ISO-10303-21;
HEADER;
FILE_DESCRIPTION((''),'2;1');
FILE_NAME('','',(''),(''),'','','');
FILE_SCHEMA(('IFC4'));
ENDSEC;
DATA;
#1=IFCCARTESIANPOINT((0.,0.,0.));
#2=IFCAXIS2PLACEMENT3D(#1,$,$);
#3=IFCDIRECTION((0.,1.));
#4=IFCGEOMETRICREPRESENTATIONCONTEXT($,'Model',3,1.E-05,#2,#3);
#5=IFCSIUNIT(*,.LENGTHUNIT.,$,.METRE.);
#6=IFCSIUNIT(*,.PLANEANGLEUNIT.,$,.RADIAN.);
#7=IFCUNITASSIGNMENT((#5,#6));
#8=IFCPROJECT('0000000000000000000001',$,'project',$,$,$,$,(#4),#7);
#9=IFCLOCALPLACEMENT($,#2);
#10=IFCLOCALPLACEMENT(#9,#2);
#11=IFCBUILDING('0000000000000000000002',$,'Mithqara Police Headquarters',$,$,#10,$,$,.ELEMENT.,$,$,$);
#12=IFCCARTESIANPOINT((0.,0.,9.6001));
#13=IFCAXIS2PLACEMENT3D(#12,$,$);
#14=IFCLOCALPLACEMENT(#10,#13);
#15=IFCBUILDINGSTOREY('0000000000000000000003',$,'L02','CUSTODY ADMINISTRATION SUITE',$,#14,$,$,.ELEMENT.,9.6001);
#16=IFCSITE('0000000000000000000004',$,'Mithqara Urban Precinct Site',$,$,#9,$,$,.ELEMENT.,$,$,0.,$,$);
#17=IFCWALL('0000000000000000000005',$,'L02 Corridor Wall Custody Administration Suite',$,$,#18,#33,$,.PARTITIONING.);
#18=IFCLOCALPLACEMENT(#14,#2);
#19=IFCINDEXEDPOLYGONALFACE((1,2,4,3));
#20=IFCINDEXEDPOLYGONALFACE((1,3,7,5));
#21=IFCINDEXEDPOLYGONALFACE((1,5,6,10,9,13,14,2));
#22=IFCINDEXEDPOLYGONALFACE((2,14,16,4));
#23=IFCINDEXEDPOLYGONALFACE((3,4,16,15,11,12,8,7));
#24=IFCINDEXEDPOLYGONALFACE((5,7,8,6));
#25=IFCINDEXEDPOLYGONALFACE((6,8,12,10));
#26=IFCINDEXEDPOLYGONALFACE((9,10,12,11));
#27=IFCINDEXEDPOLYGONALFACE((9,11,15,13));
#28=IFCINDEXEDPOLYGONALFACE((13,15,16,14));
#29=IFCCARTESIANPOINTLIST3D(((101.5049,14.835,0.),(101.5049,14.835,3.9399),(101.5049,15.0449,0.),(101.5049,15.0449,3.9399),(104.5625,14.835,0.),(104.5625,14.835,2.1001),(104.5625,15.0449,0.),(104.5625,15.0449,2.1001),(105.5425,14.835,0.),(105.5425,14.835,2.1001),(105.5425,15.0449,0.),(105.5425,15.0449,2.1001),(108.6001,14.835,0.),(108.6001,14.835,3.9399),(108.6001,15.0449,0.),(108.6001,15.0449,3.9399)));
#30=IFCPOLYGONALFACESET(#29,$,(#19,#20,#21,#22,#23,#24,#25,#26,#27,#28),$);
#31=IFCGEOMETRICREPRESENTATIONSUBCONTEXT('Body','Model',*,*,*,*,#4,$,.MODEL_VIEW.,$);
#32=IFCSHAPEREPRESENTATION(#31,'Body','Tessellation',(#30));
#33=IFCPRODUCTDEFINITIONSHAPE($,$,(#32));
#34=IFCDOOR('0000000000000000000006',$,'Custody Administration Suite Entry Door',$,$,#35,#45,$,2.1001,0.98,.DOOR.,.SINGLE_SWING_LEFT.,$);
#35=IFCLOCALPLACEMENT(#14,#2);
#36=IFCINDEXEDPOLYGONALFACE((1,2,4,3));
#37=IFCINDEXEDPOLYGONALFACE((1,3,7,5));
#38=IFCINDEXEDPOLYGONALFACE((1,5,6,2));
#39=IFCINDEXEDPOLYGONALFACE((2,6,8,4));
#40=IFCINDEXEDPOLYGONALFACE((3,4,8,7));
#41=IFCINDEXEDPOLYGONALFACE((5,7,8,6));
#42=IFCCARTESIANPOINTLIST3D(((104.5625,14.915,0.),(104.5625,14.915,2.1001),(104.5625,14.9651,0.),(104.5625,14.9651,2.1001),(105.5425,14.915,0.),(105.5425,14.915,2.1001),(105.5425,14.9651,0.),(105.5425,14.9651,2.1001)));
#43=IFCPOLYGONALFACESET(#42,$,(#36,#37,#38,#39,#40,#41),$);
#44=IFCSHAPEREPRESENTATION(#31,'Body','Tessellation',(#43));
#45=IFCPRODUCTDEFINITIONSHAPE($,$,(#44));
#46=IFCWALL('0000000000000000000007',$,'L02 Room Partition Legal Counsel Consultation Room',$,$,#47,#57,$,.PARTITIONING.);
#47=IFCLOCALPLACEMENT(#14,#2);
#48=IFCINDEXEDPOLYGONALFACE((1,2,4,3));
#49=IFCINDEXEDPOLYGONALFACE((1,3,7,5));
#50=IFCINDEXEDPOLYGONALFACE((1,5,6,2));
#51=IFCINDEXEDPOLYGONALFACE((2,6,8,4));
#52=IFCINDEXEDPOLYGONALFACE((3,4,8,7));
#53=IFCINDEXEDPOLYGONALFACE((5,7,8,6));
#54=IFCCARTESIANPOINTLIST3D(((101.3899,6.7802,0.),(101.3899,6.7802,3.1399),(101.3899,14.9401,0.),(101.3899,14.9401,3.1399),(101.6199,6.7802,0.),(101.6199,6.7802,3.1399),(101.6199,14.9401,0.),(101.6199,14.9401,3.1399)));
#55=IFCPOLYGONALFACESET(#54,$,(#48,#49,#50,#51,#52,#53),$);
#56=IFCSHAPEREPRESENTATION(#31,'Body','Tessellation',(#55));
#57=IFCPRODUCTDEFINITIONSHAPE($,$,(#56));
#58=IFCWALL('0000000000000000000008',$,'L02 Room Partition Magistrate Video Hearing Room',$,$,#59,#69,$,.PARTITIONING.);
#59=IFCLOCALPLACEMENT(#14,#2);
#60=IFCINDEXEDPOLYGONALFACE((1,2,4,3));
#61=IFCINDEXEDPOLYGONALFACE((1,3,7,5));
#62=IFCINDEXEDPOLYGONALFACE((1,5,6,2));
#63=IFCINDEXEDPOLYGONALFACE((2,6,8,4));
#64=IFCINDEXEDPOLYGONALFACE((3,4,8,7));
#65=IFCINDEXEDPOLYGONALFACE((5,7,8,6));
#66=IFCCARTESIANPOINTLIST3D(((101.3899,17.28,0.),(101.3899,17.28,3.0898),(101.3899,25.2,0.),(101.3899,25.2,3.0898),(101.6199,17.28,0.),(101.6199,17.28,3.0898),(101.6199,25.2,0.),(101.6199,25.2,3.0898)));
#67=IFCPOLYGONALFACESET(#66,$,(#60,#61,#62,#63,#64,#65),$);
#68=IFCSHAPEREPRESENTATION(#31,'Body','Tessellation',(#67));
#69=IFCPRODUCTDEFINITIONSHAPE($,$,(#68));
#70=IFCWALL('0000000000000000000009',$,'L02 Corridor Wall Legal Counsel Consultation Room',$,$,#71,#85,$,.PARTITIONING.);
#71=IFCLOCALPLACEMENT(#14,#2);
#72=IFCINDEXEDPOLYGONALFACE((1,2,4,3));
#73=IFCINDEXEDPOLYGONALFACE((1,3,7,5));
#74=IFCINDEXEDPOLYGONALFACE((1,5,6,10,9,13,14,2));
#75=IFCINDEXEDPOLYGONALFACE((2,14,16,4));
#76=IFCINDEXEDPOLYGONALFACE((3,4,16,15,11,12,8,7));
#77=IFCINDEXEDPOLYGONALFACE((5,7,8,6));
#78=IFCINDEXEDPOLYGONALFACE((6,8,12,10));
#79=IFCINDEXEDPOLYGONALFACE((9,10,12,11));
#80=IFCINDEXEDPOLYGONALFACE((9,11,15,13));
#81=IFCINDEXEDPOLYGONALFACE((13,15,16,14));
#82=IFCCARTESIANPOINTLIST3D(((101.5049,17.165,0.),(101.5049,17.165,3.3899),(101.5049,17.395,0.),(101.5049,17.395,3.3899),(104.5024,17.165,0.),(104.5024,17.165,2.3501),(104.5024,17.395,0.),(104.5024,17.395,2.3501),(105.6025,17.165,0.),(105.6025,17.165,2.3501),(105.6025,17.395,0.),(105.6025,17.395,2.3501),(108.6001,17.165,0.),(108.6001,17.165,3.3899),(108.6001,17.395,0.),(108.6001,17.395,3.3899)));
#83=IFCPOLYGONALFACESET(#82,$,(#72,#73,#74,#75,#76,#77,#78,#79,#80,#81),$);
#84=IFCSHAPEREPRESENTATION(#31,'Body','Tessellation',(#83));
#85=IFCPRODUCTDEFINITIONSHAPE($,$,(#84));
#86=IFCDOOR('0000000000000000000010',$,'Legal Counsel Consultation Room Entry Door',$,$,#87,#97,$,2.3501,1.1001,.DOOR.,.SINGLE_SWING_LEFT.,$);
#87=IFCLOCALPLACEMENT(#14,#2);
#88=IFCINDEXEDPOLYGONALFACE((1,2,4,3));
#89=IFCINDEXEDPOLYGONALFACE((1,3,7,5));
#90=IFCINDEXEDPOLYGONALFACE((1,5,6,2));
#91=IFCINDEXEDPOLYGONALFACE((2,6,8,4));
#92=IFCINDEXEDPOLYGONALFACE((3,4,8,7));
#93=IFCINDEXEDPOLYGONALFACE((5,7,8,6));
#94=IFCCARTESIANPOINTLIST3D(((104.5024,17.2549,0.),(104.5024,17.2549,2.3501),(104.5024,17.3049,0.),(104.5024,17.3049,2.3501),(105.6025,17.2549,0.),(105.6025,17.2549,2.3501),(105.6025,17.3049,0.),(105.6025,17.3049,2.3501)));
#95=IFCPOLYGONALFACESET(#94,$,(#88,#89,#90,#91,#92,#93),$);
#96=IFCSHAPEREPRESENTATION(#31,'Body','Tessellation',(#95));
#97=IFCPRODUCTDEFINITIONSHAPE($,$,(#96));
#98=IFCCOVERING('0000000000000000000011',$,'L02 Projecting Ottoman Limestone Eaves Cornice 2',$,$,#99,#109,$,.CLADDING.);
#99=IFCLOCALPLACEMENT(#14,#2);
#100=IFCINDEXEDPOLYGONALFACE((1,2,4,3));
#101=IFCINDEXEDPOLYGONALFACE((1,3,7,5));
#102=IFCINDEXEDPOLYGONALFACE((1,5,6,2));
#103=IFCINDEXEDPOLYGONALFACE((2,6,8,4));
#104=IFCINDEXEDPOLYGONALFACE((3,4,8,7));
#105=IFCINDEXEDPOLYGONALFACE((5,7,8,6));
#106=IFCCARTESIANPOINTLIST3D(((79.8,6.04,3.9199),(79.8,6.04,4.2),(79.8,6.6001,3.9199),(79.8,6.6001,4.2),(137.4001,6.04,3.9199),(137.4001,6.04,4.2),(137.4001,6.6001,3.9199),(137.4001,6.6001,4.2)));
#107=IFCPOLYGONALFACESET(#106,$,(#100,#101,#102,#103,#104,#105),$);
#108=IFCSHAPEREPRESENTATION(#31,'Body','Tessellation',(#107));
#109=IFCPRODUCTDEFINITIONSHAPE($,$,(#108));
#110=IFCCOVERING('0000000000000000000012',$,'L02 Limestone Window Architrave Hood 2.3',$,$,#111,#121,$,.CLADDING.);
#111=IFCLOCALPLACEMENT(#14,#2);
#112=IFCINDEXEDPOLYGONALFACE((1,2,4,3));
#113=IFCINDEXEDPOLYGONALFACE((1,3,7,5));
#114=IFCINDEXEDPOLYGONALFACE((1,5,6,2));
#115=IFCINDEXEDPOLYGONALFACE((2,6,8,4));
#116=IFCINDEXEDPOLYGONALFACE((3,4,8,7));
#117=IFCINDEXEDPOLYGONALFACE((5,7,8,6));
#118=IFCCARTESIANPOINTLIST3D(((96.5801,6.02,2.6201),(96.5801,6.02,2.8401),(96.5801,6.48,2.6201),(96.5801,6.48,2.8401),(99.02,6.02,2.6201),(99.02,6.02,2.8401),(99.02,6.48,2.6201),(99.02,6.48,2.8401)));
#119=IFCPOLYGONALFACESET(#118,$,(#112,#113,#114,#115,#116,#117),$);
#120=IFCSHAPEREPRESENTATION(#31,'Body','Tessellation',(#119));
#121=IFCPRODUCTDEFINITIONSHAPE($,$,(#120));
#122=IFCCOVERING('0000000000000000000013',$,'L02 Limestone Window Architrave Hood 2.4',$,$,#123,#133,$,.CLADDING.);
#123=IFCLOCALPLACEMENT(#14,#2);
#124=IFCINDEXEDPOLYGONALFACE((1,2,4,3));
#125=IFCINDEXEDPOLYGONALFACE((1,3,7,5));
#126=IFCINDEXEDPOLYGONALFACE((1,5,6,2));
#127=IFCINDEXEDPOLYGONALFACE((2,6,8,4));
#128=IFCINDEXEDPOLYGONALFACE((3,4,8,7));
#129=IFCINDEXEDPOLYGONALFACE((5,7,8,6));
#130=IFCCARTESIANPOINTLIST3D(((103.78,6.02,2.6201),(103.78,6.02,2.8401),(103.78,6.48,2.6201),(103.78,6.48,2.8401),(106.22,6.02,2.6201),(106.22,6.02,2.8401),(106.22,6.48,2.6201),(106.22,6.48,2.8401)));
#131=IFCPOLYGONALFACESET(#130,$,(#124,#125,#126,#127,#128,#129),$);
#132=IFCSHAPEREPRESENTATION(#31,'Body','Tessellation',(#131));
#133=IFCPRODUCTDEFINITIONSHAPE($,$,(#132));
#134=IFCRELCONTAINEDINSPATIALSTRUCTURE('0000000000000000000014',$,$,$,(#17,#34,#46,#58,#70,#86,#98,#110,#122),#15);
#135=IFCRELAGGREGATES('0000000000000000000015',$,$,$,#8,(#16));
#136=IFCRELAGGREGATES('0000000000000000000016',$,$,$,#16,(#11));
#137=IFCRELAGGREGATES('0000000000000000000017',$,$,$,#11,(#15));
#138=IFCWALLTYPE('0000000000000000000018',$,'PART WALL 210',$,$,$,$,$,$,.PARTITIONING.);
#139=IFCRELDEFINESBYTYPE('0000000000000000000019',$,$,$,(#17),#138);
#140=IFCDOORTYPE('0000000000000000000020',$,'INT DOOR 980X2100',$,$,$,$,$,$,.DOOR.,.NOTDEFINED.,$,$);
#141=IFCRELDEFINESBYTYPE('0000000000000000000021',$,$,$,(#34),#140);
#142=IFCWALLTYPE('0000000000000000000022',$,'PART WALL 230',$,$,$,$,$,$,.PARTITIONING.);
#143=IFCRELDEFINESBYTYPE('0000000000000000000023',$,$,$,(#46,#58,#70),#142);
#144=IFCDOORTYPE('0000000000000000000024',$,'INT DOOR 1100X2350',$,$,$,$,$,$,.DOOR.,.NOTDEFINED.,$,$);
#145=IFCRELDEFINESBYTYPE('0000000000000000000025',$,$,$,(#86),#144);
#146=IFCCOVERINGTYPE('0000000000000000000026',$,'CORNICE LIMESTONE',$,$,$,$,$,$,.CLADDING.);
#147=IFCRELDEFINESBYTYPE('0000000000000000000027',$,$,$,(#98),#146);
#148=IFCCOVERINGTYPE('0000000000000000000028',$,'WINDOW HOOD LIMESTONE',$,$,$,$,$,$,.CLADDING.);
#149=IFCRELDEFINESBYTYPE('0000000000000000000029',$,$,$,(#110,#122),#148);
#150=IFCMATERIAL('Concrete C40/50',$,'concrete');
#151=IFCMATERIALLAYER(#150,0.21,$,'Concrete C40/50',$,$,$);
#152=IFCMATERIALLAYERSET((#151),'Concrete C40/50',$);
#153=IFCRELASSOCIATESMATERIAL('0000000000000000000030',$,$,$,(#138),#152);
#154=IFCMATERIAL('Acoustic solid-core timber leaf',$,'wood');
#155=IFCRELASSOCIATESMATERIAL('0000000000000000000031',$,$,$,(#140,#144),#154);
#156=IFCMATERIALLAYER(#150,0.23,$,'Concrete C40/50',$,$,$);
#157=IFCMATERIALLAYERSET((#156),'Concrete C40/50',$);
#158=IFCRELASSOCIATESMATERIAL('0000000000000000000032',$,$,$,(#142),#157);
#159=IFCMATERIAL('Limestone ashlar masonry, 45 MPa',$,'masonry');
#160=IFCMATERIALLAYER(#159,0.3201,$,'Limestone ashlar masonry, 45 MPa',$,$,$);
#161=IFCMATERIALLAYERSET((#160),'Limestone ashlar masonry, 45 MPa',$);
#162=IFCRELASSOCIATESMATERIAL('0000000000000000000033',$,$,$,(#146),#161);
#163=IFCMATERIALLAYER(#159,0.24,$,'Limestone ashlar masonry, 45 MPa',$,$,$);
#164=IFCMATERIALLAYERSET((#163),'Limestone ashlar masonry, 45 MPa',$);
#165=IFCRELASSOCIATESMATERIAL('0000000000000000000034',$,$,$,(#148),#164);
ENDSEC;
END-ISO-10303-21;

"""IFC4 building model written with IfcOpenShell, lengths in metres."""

from ifc_helpers import new_model, si_unit, direction, frame, frame_2d, origin, origin_2d, place, context, subcontext, project, spatial, rectangle, extrude, material, layer, layer_set, type_object, element, fill, save


model = new_model("IFC4")

# Units and contexts
model_context = context("Model", 3, precision=1e-05, world=origin(), true_north=direction((0.0, 1.0)))
body_context = subcontext(model_context, "Body", "Model", "MODEL_VIEW")
ifc_project = project(units=[si_unit("LENGTHUNIT", "METRE"), si_unit("PLANEANGLEUNIT", "RADIAN")], contexts=[model_context])

# Site, building, storey
site_placement = place(None, origin())
site = spatial("IfcSite", under=ifc_project, at=site_placement, Name="Mithqara Urban Precinct Site", CompositionType="ELEMENT", RefElevation=0.0)
building_placement = place(site_placement, origin())
building = spatial("IfcBuilding", under=site, at=building_placement, Name="Mithqara Police Headquarters", CompositionType="ELEMENT")
storey_placement = place(building_placement, frame((0.0, 0.0, 9.6001)))
storey = spatial("IfcBuildingStorey", under=building, at=storey_placement, Name="L02", Description="CUSTODY ADMINISTRATION SUITE", CompositionType="ELEMENT", Elevation=9.6001)

# Shared definitions
ifc_material_1 = material(Name="Concrete C40/50", Category="concrete")

# Wall, opening, door
ifc_layer_1 = layer(ifc_material_1, 0.21, Name="Concrete C40/50")
ifc_layer_set_1 = layer_set([ifc_layer_1], Name="Concrete C40/50")
wall_type_1 = type_object("IfcWallType", Name="PART WALL 210", PredefinedType="PARTITIONING", material=ifc_layer_set_1)
wall_1_placement = place(storey_placement, frame((101.5049, 14.9399, 0.0), z_axis=(0.0, 0.0, 1.0), x_axis=(1.0, 0.0, 0.0)))
wall_1 = element("IfcWall", 1, at=wall_1_placement, inside=storey, type_object=wall_type_1, Name="L02 Corridor Wall Custody Administration Suite", PredefinedType="PARTITIONING", context=body_context, shape_type="SweptSolid", body=[
    extrude(rectangle(XDim=7.0952, YDim=0.21, at=frame_2d((3.5476, 0.0))), origin(), (0.0, 0.0, 1.0), 3.9399),
])
opening_1_placement = place(wall_1_placement, frame((3.0576, 0.0, 0.0)))
opening_1 = element("IfcOpeningElement", 2, at=opening_1_placement, cuts=wall_1, PredefinedType="OPENING", context=body_context, shape_type="SweptSolid", body=[
    extrude(rectangle(XDim=0.98, YDim=2.1001, at=frame_2d((0.49, 1.05))), frame((0.0, 0.115, 0.0), z_axis=(0.0, -1.0, 0.0), x_axis=(1.0, 0.0, 0.0)), (0.0, 0.0, 1.0), 0.23),
])
ifc_material_2 = material(Name="Acoustic solid-core timber leaf", Category="wood")
door_type_1 = type_object("IfcDoorType", Name="INT DOOR 980X2100", OperationType="NOTDEFINED", PredefinedType="DOOR", material=ifc_material_2)
door_1_placement = place(opening_1_placement, frame((0.98, 0.0, 0.0), z_axis=(0.0, 0.0, 1.0), x_axis=(-1.0, 0.0, 0.0)))
door_1 = element("IfcDoor", 3, at=door_1_placement, inside=storey, type_object=door_type_1, Name="Custody Administration Suite Entry Door", OperationType="SINGLE_SWING_LEFT", OverallHeight=2.1001, OverallWidth=0.98, PredefinedType="DOOR", context=body_context, shape_type="SweptSolid", body=[
    extrude(rectangle(XDim=0.98, YDim=2.1001, at=frame_2d((0.49, 1.05))), frame((0.0, 0.0249, 0.0), z_axis=(0.0, -1.0, 0.0), x_axis=(1.0, 0.0, 0.0)), (0.0, 0.0, 1.0), 0.05),
])
fill(opening_1, door_1)

# Walls
ifc_layer_2 = layer(ifc_material_1, 0.23, Name="Concrete C40/50")
ifc_layer_set_2 = layer_set([ifc_layer_2], Name="Concrete C40/50")
wall_type_2 = type_object("IfcWallType", Name="PART WALL 230", PredefinedType="PARTITIONING", material=ifc_layer_set_2)
wall_2_placement = place(storey_placement, frame((101.5049, 6.78, 0.0), z_axis=(0.0, 0.0, 1.0), x_axis=(0.0, 1.0, 0.0)))
element("IfcWall", 4, at=wall_2_placement, inside=storey, type_object=wall_type_2, Name="L02 Room Partition Legal Counsel Consultation Room", PredefinedType="PARTITIONING", context=body_context, shape_type="SweptSolid", body=[
    extrude(rectangle(XDim=8.1599, YDim=0.23, at=frame_2d((4.0801, 0.0))), origin(), (0.0, 0.0, 1.0), 3.1399),
])
wall_3_placement = place(storey_placement, frame((101.5049, 17.28, 0.0), z_axis=(0.0, 0.0, 1.0), x_axis=(0.0, 1.0, 0.0)))
element("IfcWall", 5, at=wall_3_placement, inside=storey, type_object=wall_type_2, Name="L02 Room Partition Magistrate Video Hearing Room", PredefinedType="PARTITIONING", context=body_context, shape_type="SweptSolid", body=[
    extrude(rectangle(XDim=7.9199, YDim=0.23, at=frame_2d((3.96, 0.0))), origin(), (0.0, 0.0, 1.0), 3.0898),
])

# Wall, opening, door
wall_4_placement = place(storey_placement, frame((101.5049, 17.28, 0.0), z_axis=(0.0, 0.0, 1.0), x_axis=(1.0, 0.0, 0.0)))
wall_4 = element("IfcWall", 6, at=wall_4_placement, inside=storey, type_object=wall_type_2, Name="L02 Corridor Wall Legal Counsel Consultation Room", PredefinedType="PARTITIONING", context=body_context, shape_type="SweptSolid", body=[
    extrude(rectangle(XDim=7.0952, YDim=0.23, at=frame_2d((3.5476, 0.0))), origin(), (0.0, 0.0, 1.0), 3.3899),
])
opening_2_placement = place(wall_4_placement, frame((2.9976, 0.0, 0.0)))
opening_2 = element("IfcOpeningElement", 7, at=opening_2_placement, cuts=wall_4, PredefinedType="OPENING", context=body_context, shape_type="SweptSolid", body=[
    extrude(rectangle(XDim=1.1001, YDim=2.3501, at=frame_2d((0.55, 1.175))), frame((0.0, 0.125, 0.0), z_axis=(0.0, -1.0, 0.0), x_axis=(1.0, 0.0, 0.0)), (0.0, 0.0, 1.0), 0.25),
])
door_type_2 = type_object("IfcDoorType", Name="INT DOOR 1100X2350", OperationType="NOTDEFINED", PredefinedType="DOOR", material=ifc_material_2)
door_2_placement = place(opening_2_placement, origin())
door_2 = element("IfcDoor", 8, at=door_2_placement, inside=storey, type_object=door_type_2, Name="Legal Counsel Consultation Room Entry Door", OperationType="SINGLE_SWING_LEFT", OverallHeight=2.3501, OverallWidth=1.1001, PredefinedType="DOOR", context=body_context, shape_type="SweptSolid", body=[
    extrude(rectangle(XDim=1.1001, YDim=2.3501, at=frame_2d((0.55, 1.175))), frame((0.0, 0.0249, 0.0), z_axis=(0.0, -1.0, 0.0), x_axis=(1.0, 0.0, 0.0)), (0.0, 0.0, 1.0), 0.05),
])
fill(opening_2, door_2)

# Coverings
ifc_material_3 = material(Name="Limestone ashlar masonry, 45 MPa", Category="masonry")
ifc_layer_3 = layer(ifc_material_3, 0.3201, Name="Limestone ashlar masonry, 45 MPa")
ifc_layer_set_3 = layer_set([ifc_layer_3], Name="Limestone ashlar masonry, 45 MPa")
covering_type_1 = type_object("IfcCoveringType", Name="CORNICE LIMESTONE", PredefinedType="CLADDING", material=ifc_layer_set_3)
covering_placement = place(storey_placement, frame((108.6001, 6.3201, 3.9199), z_axis=(0.0, 0.0, 1.0), x_axis=(1.0, 0.0, 0.0)))
element("IfcCovering", 9, at=covering_placement, inside=storey, type_object=covering_type_1, Name="L02 Projecting Ottoman Limestone Eaves Cornice 2", PredefinedType="CLADDING", context=body_context, shape_type="SweptSolid", body=[
    extrude(rectangle(XDim=57.6001, YDim=0.5601, at=origin_2d()), origin(), (0.0, 0.0, 1.0), 0.28),
])
ifc_layer_4 = layer(ifc_material_3, 0.24, Name="Limestone ashlar masonry, 45 MPa")
ifc_layer_set_4 = layer_set([ifc_layer_4], Name="Limestone ashlar masonry, 45 MPa")
covering_type_2 = type_object("IfcCoveringType", Name="WINDOW HOOD LIMESTONE", PredefinedType="CLADDING", material=ifc_layer_set_4)
for number, where, z_axis, x_axis, name in (
    (10, (97.8, 6.25, 2.6201), (0.0, 0.0, 1.0), (1.0, 0.0, 0.0), "L02 Limestone Window Architrave Hood 2.3"),
    (11, (105.0, 6.25, 2.6201), (0.0, 0.0, 1.0), (1.0, 0.0, 0.0), "L02 Limestone Window Architrave Hood 2.4"),
):
    element("IfcCovering", number, at=place(storey_placement, frame(where, z_axis=z_axis, x_axis=x_axis)), inside=storey, type_object=covering_type_2, Name=name, PredefinedType="CLADDING", context=body_context, shape_type="SweptSolid", body=[
        extrude(rectangle(XDim=2.4399, YDim=0.46, at=origin_2d()), origin(), (0.0, 0.0, 1.0), 0.22),
    ])

save(model, "model.ifc")
